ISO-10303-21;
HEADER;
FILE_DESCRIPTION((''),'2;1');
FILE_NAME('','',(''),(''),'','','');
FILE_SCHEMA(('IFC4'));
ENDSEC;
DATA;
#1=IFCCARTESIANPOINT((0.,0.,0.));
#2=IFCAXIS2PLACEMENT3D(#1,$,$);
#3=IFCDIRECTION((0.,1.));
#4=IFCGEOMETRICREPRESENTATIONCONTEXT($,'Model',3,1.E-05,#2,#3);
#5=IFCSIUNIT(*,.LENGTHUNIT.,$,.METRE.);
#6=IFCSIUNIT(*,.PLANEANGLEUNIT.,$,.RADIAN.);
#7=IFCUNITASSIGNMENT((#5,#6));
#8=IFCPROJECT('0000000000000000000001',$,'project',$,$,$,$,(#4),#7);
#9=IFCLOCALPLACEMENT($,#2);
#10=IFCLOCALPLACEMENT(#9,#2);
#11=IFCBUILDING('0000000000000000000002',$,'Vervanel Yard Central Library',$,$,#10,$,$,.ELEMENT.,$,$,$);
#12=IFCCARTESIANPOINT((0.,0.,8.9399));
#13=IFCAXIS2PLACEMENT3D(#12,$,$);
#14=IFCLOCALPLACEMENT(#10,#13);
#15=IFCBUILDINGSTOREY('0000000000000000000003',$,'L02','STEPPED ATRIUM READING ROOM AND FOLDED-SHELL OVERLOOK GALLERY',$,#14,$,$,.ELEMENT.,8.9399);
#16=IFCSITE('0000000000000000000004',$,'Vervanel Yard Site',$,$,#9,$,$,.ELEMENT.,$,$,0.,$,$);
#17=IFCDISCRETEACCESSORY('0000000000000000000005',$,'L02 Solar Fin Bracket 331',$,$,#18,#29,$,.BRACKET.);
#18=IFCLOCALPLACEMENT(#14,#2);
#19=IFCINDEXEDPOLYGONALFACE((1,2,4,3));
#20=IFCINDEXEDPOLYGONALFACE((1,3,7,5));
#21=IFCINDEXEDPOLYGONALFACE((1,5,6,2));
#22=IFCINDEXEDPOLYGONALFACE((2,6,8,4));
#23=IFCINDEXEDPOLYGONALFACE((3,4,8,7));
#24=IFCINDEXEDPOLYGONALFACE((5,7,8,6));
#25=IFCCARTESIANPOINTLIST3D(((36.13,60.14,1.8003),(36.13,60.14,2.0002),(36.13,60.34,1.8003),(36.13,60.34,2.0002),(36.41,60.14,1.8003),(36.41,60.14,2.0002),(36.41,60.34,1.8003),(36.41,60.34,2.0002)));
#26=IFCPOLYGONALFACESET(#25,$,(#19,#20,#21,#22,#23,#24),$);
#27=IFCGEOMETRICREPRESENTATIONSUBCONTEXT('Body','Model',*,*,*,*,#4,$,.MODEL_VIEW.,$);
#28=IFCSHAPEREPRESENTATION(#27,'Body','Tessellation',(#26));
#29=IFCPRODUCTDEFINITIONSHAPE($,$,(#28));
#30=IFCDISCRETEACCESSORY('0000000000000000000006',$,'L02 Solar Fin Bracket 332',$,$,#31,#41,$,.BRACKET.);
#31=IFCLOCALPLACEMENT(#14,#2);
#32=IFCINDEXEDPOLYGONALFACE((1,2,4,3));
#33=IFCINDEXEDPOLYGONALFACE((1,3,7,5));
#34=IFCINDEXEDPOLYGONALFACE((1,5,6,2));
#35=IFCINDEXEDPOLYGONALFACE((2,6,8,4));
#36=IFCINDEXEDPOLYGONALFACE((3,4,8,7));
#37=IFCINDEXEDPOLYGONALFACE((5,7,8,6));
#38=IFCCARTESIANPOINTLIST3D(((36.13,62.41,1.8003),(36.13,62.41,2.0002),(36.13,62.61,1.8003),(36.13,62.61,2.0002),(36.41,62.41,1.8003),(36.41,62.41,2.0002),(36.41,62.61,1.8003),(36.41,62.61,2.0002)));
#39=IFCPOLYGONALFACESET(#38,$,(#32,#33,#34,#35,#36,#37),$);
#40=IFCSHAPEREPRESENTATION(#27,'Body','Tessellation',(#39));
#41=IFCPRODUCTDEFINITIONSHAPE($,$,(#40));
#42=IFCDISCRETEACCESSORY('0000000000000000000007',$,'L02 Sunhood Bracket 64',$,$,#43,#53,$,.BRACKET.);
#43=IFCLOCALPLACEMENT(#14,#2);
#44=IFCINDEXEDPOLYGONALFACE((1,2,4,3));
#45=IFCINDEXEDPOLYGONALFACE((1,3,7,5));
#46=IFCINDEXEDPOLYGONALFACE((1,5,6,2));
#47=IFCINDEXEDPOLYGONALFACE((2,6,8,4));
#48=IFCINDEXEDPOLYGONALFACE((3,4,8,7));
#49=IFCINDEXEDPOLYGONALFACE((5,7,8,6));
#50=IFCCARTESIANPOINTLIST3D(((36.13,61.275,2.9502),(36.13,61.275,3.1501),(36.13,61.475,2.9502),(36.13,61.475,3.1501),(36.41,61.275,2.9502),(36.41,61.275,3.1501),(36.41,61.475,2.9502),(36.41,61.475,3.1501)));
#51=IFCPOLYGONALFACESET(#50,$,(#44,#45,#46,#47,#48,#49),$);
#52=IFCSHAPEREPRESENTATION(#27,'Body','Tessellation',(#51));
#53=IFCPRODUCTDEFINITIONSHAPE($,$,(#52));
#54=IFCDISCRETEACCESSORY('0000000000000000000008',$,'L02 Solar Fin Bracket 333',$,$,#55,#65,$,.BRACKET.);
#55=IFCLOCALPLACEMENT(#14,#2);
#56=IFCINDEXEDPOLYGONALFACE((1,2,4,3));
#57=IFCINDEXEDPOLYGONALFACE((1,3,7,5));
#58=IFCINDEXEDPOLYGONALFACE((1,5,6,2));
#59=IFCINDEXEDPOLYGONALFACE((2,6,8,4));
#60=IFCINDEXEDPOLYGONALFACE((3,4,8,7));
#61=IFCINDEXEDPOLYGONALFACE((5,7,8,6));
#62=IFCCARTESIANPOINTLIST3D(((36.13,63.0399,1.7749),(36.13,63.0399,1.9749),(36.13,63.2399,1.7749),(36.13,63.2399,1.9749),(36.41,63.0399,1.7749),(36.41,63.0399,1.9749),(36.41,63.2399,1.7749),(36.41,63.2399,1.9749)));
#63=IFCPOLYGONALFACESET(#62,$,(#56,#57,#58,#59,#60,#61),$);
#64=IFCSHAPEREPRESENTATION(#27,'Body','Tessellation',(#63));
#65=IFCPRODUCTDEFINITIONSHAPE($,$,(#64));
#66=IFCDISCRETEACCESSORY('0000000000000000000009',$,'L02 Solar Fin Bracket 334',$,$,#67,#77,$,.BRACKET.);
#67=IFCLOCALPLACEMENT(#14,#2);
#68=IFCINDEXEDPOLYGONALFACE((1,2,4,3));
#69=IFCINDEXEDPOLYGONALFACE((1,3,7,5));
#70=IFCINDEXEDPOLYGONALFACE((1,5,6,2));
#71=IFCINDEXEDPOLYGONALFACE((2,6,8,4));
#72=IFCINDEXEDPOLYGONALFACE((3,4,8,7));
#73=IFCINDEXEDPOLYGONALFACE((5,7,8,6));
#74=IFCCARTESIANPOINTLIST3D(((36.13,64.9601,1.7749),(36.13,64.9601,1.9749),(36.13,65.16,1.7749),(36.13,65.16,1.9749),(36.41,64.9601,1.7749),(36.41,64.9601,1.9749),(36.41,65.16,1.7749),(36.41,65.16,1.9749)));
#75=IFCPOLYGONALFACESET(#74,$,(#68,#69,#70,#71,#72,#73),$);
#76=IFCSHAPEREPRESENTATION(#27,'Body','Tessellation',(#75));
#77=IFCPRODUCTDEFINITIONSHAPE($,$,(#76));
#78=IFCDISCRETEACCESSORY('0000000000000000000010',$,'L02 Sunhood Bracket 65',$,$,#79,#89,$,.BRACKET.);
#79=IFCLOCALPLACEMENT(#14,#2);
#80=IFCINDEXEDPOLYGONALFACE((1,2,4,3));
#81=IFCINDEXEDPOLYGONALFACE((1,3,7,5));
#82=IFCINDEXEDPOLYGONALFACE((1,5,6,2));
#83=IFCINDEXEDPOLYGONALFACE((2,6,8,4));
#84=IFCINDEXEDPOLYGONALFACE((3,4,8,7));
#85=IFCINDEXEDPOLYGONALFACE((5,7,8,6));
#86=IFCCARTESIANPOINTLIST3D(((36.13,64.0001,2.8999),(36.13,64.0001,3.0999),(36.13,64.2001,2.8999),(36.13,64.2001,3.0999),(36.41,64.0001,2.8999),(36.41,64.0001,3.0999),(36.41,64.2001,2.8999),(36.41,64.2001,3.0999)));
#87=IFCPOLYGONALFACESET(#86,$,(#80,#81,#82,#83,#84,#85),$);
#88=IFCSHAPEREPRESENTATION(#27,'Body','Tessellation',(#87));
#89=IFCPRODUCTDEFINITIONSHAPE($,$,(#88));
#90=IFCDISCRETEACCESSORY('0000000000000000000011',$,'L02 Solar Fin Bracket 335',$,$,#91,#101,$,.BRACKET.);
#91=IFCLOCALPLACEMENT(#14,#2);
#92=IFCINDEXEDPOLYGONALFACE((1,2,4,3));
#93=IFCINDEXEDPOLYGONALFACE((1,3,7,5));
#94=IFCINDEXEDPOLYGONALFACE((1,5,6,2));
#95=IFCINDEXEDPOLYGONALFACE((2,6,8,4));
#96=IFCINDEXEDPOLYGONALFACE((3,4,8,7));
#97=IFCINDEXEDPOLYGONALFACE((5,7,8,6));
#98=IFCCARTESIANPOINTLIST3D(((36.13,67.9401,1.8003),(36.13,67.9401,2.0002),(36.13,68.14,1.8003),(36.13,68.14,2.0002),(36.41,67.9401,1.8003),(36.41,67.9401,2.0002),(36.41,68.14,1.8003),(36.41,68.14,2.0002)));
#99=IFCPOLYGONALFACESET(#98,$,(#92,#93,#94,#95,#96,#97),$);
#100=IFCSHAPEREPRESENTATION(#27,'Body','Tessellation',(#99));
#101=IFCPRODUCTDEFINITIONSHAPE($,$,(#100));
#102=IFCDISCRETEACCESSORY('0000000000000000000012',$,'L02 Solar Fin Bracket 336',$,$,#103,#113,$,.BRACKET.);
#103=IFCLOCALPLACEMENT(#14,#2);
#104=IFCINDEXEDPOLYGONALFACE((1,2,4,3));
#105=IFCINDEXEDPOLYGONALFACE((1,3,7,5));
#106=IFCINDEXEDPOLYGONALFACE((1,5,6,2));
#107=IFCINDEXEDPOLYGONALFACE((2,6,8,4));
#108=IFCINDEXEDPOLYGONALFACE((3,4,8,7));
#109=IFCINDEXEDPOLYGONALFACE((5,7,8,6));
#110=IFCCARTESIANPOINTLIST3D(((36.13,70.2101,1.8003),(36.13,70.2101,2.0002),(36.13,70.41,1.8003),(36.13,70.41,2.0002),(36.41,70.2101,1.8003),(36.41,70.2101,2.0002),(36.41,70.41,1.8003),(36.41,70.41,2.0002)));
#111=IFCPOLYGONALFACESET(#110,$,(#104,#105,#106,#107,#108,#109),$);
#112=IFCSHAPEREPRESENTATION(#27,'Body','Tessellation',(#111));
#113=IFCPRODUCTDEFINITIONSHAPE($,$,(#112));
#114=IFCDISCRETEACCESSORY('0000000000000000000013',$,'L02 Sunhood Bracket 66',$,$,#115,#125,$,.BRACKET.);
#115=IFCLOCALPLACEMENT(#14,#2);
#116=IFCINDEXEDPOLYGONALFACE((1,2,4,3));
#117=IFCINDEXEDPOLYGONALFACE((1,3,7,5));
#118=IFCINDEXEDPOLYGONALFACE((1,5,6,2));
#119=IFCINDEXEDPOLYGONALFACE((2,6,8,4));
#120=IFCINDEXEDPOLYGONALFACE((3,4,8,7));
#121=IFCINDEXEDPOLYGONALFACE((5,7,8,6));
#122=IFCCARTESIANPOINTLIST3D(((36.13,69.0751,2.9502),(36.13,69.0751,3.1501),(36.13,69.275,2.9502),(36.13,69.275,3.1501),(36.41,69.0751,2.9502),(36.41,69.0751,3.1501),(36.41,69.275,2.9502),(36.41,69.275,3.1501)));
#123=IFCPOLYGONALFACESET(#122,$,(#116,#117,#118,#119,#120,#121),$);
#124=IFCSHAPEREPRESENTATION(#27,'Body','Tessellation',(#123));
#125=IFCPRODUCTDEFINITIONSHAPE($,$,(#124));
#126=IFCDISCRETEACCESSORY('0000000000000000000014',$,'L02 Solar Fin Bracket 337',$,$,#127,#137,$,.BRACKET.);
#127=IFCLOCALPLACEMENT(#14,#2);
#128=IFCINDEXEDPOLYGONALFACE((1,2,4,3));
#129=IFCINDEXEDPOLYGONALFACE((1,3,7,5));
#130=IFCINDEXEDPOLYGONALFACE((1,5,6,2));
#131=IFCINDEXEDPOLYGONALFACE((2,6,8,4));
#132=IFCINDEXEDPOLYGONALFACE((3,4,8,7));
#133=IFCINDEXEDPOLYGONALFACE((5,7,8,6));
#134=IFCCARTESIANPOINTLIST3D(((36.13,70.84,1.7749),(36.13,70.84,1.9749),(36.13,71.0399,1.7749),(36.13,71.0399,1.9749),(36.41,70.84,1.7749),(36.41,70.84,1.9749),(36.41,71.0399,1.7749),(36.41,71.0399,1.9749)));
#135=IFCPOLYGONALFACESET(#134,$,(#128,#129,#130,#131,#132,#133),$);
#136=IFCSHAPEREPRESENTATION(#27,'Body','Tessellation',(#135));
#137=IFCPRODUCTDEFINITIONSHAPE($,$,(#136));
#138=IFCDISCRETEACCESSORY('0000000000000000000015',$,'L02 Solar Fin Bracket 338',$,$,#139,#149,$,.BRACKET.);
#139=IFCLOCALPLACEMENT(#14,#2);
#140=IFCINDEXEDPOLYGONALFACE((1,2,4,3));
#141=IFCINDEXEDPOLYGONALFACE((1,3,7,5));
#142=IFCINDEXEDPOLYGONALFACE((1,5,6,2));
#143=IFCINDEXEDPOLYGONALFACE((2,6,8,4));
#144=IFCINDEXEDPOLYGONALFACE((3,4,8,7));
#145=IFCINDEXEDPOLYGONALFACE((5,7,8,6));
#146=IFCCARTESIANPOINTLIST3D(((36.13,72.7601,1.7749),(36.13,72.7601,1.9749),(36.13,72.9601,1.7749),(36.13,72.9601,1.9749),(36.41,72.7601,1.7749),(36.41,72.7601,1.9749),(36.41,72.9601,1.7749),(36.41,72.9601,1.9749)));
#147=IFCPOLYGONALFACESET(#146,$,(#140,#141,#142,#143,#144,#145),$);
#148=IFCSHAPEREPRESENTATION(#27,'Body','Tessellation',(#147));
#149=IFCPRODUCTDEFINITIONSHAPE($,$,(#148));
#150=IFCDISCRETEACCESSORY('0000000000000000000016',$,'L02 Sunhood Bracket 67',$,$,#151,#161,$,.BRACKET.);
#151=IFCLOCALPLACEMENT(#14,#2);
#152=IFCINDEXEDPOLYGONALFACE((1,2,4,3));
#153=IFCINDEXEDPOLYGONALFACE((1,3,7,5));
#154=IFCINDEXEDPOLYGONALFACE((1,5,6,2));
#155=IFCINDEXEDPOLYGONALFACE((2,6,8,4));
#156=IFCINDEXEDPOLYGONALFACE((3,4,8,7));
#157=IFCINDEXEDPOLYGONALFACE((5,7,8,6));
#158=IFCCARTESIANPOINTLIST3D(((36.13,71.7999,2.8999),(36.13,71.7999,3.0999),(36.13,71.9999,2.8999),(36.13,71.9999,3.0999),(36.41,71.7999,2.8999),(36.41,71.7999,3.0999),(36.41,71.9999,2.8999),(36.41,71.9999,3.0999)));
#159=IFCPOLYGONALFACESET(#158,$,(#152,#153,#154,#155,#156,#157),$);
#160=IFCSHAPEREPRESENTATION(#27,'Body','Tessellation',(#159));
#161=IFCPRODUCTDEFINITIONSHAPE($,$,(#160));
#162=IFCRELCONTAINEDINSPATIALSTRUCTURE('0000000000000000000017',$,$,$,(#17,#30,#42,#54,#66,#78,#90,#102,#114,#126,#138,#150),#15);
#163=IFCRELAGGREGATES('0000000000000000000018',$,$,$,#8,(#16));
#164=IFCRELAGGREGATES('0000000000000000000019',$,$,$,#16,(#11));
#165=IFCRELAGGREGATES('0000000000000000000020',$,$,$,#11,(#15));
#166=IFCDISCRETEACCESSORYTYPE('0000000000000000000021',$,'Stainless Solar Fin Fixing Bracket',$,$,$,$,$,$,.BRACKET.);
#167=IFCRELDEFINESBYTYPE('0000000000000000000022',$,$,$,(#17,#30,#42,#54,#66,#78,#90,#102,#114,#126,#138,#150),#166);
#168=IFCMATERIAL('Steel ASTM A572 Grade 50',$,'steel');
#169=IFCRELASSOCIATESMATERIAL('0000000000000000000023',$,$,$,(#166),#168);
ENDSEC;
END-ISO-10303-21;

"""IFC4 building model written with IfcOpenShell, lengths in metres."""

from ifc_helpers import new_model, si_unit, direction, frame, origin, origin_2d, place, context, subcontext, project, spatial, rectangle, extrude, material, type_object, element, save


model = new_model("IFC4")

# Units and contexts
model_context = context("Model", 3, precision=1e-05, world=origin(), true_north=direction((0.0, 1.0)))
body_context = subcontext(model_context, "Body", "Model", "MODEL_VIEW")
ifc_project = project(units=[si_unit("LENGTHUNIT", "METRE"), si_unit("PLANEANGLEUNIT", "RADIAN")], contexts=[model_context])

# Site, building, storey
site_placement = place(None, origin())
site = spatial("IfcSite", under=ifc_project, at=site_placement, Name="Vervanel Yard Site", CompositionType="ELEMENT", RefElevation=0.0)
building_placement = place(site_placement, origin())
building = spatial("IfcBuilding", under=site, at=building_placement, Name="Vervanel Yard Central Library", CompositionType="ELEMENT")
storey_placement = place(building_placement, frame((0.0, 0.0, 8.9399)))
storey = spatial("IfcBuildingStorey", under=building, at=storey_placement, Name="L02", Description="STEPPED ATRIUM READING ROOM AND FOLDED-SHELL OVERLOOK GALLERY", CompositionType="ELEMENT", Elevation=8.9399)

# Discrete accessories
ifc_material_1 = material(Name="Steel ASTM A572 Grade 50", Category="steel")
discrete_accessory_type = type_object("IfcDiscreteAccessoryType", Name="Stainless Solar Fin Fixing Bracket", PredefinedType="BRACKET", material=ifc_material_1)
for number, where, z_axis, x_axis, name in (
    (1, (36.27, 60.24, 1.8003), (0.0, 0.0, 1.0), (0.0, 1.0, 0.0), "L02 Solar Fin Bracket 331"),
    (2, (36.27, 62.51, 1.8003), (0.0, 0.0, 1.0), (0.0, 1.0, 0.0), "L02 Solar Fin Bracket 332"),
    (3, (36.27, 61.375, 2.9502), (0.0, 0.0, 1.0), (0.0, 1.0, 0.0), "L02 Sunhood Bracket 64"),
    (4, (36.27, 63.1399, 1.7749), (0.0, 0.0, 1.0), (0.0, 1.0, 0.0), "L02 Solar Fin Bracket 333"),
    (5, (36.27, 65.0601, 1.7749), (0.0, 0.0, 1.0), (0.0, 1.0, 0.0), "L02 Solar Fin Bracket 334"),
    (6, (36.27, 64.1001, 2.8999), (0.0, 0.0, 1.0), (0.0, 1.0, 0.0), "L02 Sunhood Bracket 65"),
    (7, (36.27, 68.04, 1.8003), (0.0, 0.0, 1.0), (0.0, 1.0, 0.0), "L02 Solar Fin Bracket 335"),
    (8, (36.27, 70.3101, 1.8003), (0.0, 0.0, 1.0), (0.0, 1.0, 0.0), "L02 Solar Fin Bracket 336"),
    (9, (36.27, 69.175, 2.9502), (0.0, 0.0, 1.0), (0.0, 1.0, 0.0), "L02 Sunhood Bracket 66"),
    (10, (36.27, 70.9399, 1.7749), (0.0, 0.0, 1.0), (0.0, 1.0, 0.0), "L02 Solar Fin Bracket 337"),
    (11, (36.27, 72.8601, 1.7749), (0.0, 0.0, 1.0), (0.0, 1.0, 0.0), "L02 Solar Fin Bracket 338"),
    (12, (36.27, 71.8999, 2.8999), (0.0, 0.0, 1.0), (0.0, 1.0, 0.0), "L02 Sunhood Bracket 67"),
):
    element("IfcDiscreteAccessory", number, at=place(storey_placement, frame(where, z_axis=z_axis, x_axis=x_axis)), inside=storey, type_object=discrete_accessory_type, Name=name, PredefinedType="BRACKET", context=body_context, shape_type="SweptSolid", body=[
        extrude(rectangle(XDim=0.2, YDim=0.28, at=origin_2d()), origin(), (0.0, 0.0, 1.0), 0.2),
    ])

save(model, "model.ifc")
